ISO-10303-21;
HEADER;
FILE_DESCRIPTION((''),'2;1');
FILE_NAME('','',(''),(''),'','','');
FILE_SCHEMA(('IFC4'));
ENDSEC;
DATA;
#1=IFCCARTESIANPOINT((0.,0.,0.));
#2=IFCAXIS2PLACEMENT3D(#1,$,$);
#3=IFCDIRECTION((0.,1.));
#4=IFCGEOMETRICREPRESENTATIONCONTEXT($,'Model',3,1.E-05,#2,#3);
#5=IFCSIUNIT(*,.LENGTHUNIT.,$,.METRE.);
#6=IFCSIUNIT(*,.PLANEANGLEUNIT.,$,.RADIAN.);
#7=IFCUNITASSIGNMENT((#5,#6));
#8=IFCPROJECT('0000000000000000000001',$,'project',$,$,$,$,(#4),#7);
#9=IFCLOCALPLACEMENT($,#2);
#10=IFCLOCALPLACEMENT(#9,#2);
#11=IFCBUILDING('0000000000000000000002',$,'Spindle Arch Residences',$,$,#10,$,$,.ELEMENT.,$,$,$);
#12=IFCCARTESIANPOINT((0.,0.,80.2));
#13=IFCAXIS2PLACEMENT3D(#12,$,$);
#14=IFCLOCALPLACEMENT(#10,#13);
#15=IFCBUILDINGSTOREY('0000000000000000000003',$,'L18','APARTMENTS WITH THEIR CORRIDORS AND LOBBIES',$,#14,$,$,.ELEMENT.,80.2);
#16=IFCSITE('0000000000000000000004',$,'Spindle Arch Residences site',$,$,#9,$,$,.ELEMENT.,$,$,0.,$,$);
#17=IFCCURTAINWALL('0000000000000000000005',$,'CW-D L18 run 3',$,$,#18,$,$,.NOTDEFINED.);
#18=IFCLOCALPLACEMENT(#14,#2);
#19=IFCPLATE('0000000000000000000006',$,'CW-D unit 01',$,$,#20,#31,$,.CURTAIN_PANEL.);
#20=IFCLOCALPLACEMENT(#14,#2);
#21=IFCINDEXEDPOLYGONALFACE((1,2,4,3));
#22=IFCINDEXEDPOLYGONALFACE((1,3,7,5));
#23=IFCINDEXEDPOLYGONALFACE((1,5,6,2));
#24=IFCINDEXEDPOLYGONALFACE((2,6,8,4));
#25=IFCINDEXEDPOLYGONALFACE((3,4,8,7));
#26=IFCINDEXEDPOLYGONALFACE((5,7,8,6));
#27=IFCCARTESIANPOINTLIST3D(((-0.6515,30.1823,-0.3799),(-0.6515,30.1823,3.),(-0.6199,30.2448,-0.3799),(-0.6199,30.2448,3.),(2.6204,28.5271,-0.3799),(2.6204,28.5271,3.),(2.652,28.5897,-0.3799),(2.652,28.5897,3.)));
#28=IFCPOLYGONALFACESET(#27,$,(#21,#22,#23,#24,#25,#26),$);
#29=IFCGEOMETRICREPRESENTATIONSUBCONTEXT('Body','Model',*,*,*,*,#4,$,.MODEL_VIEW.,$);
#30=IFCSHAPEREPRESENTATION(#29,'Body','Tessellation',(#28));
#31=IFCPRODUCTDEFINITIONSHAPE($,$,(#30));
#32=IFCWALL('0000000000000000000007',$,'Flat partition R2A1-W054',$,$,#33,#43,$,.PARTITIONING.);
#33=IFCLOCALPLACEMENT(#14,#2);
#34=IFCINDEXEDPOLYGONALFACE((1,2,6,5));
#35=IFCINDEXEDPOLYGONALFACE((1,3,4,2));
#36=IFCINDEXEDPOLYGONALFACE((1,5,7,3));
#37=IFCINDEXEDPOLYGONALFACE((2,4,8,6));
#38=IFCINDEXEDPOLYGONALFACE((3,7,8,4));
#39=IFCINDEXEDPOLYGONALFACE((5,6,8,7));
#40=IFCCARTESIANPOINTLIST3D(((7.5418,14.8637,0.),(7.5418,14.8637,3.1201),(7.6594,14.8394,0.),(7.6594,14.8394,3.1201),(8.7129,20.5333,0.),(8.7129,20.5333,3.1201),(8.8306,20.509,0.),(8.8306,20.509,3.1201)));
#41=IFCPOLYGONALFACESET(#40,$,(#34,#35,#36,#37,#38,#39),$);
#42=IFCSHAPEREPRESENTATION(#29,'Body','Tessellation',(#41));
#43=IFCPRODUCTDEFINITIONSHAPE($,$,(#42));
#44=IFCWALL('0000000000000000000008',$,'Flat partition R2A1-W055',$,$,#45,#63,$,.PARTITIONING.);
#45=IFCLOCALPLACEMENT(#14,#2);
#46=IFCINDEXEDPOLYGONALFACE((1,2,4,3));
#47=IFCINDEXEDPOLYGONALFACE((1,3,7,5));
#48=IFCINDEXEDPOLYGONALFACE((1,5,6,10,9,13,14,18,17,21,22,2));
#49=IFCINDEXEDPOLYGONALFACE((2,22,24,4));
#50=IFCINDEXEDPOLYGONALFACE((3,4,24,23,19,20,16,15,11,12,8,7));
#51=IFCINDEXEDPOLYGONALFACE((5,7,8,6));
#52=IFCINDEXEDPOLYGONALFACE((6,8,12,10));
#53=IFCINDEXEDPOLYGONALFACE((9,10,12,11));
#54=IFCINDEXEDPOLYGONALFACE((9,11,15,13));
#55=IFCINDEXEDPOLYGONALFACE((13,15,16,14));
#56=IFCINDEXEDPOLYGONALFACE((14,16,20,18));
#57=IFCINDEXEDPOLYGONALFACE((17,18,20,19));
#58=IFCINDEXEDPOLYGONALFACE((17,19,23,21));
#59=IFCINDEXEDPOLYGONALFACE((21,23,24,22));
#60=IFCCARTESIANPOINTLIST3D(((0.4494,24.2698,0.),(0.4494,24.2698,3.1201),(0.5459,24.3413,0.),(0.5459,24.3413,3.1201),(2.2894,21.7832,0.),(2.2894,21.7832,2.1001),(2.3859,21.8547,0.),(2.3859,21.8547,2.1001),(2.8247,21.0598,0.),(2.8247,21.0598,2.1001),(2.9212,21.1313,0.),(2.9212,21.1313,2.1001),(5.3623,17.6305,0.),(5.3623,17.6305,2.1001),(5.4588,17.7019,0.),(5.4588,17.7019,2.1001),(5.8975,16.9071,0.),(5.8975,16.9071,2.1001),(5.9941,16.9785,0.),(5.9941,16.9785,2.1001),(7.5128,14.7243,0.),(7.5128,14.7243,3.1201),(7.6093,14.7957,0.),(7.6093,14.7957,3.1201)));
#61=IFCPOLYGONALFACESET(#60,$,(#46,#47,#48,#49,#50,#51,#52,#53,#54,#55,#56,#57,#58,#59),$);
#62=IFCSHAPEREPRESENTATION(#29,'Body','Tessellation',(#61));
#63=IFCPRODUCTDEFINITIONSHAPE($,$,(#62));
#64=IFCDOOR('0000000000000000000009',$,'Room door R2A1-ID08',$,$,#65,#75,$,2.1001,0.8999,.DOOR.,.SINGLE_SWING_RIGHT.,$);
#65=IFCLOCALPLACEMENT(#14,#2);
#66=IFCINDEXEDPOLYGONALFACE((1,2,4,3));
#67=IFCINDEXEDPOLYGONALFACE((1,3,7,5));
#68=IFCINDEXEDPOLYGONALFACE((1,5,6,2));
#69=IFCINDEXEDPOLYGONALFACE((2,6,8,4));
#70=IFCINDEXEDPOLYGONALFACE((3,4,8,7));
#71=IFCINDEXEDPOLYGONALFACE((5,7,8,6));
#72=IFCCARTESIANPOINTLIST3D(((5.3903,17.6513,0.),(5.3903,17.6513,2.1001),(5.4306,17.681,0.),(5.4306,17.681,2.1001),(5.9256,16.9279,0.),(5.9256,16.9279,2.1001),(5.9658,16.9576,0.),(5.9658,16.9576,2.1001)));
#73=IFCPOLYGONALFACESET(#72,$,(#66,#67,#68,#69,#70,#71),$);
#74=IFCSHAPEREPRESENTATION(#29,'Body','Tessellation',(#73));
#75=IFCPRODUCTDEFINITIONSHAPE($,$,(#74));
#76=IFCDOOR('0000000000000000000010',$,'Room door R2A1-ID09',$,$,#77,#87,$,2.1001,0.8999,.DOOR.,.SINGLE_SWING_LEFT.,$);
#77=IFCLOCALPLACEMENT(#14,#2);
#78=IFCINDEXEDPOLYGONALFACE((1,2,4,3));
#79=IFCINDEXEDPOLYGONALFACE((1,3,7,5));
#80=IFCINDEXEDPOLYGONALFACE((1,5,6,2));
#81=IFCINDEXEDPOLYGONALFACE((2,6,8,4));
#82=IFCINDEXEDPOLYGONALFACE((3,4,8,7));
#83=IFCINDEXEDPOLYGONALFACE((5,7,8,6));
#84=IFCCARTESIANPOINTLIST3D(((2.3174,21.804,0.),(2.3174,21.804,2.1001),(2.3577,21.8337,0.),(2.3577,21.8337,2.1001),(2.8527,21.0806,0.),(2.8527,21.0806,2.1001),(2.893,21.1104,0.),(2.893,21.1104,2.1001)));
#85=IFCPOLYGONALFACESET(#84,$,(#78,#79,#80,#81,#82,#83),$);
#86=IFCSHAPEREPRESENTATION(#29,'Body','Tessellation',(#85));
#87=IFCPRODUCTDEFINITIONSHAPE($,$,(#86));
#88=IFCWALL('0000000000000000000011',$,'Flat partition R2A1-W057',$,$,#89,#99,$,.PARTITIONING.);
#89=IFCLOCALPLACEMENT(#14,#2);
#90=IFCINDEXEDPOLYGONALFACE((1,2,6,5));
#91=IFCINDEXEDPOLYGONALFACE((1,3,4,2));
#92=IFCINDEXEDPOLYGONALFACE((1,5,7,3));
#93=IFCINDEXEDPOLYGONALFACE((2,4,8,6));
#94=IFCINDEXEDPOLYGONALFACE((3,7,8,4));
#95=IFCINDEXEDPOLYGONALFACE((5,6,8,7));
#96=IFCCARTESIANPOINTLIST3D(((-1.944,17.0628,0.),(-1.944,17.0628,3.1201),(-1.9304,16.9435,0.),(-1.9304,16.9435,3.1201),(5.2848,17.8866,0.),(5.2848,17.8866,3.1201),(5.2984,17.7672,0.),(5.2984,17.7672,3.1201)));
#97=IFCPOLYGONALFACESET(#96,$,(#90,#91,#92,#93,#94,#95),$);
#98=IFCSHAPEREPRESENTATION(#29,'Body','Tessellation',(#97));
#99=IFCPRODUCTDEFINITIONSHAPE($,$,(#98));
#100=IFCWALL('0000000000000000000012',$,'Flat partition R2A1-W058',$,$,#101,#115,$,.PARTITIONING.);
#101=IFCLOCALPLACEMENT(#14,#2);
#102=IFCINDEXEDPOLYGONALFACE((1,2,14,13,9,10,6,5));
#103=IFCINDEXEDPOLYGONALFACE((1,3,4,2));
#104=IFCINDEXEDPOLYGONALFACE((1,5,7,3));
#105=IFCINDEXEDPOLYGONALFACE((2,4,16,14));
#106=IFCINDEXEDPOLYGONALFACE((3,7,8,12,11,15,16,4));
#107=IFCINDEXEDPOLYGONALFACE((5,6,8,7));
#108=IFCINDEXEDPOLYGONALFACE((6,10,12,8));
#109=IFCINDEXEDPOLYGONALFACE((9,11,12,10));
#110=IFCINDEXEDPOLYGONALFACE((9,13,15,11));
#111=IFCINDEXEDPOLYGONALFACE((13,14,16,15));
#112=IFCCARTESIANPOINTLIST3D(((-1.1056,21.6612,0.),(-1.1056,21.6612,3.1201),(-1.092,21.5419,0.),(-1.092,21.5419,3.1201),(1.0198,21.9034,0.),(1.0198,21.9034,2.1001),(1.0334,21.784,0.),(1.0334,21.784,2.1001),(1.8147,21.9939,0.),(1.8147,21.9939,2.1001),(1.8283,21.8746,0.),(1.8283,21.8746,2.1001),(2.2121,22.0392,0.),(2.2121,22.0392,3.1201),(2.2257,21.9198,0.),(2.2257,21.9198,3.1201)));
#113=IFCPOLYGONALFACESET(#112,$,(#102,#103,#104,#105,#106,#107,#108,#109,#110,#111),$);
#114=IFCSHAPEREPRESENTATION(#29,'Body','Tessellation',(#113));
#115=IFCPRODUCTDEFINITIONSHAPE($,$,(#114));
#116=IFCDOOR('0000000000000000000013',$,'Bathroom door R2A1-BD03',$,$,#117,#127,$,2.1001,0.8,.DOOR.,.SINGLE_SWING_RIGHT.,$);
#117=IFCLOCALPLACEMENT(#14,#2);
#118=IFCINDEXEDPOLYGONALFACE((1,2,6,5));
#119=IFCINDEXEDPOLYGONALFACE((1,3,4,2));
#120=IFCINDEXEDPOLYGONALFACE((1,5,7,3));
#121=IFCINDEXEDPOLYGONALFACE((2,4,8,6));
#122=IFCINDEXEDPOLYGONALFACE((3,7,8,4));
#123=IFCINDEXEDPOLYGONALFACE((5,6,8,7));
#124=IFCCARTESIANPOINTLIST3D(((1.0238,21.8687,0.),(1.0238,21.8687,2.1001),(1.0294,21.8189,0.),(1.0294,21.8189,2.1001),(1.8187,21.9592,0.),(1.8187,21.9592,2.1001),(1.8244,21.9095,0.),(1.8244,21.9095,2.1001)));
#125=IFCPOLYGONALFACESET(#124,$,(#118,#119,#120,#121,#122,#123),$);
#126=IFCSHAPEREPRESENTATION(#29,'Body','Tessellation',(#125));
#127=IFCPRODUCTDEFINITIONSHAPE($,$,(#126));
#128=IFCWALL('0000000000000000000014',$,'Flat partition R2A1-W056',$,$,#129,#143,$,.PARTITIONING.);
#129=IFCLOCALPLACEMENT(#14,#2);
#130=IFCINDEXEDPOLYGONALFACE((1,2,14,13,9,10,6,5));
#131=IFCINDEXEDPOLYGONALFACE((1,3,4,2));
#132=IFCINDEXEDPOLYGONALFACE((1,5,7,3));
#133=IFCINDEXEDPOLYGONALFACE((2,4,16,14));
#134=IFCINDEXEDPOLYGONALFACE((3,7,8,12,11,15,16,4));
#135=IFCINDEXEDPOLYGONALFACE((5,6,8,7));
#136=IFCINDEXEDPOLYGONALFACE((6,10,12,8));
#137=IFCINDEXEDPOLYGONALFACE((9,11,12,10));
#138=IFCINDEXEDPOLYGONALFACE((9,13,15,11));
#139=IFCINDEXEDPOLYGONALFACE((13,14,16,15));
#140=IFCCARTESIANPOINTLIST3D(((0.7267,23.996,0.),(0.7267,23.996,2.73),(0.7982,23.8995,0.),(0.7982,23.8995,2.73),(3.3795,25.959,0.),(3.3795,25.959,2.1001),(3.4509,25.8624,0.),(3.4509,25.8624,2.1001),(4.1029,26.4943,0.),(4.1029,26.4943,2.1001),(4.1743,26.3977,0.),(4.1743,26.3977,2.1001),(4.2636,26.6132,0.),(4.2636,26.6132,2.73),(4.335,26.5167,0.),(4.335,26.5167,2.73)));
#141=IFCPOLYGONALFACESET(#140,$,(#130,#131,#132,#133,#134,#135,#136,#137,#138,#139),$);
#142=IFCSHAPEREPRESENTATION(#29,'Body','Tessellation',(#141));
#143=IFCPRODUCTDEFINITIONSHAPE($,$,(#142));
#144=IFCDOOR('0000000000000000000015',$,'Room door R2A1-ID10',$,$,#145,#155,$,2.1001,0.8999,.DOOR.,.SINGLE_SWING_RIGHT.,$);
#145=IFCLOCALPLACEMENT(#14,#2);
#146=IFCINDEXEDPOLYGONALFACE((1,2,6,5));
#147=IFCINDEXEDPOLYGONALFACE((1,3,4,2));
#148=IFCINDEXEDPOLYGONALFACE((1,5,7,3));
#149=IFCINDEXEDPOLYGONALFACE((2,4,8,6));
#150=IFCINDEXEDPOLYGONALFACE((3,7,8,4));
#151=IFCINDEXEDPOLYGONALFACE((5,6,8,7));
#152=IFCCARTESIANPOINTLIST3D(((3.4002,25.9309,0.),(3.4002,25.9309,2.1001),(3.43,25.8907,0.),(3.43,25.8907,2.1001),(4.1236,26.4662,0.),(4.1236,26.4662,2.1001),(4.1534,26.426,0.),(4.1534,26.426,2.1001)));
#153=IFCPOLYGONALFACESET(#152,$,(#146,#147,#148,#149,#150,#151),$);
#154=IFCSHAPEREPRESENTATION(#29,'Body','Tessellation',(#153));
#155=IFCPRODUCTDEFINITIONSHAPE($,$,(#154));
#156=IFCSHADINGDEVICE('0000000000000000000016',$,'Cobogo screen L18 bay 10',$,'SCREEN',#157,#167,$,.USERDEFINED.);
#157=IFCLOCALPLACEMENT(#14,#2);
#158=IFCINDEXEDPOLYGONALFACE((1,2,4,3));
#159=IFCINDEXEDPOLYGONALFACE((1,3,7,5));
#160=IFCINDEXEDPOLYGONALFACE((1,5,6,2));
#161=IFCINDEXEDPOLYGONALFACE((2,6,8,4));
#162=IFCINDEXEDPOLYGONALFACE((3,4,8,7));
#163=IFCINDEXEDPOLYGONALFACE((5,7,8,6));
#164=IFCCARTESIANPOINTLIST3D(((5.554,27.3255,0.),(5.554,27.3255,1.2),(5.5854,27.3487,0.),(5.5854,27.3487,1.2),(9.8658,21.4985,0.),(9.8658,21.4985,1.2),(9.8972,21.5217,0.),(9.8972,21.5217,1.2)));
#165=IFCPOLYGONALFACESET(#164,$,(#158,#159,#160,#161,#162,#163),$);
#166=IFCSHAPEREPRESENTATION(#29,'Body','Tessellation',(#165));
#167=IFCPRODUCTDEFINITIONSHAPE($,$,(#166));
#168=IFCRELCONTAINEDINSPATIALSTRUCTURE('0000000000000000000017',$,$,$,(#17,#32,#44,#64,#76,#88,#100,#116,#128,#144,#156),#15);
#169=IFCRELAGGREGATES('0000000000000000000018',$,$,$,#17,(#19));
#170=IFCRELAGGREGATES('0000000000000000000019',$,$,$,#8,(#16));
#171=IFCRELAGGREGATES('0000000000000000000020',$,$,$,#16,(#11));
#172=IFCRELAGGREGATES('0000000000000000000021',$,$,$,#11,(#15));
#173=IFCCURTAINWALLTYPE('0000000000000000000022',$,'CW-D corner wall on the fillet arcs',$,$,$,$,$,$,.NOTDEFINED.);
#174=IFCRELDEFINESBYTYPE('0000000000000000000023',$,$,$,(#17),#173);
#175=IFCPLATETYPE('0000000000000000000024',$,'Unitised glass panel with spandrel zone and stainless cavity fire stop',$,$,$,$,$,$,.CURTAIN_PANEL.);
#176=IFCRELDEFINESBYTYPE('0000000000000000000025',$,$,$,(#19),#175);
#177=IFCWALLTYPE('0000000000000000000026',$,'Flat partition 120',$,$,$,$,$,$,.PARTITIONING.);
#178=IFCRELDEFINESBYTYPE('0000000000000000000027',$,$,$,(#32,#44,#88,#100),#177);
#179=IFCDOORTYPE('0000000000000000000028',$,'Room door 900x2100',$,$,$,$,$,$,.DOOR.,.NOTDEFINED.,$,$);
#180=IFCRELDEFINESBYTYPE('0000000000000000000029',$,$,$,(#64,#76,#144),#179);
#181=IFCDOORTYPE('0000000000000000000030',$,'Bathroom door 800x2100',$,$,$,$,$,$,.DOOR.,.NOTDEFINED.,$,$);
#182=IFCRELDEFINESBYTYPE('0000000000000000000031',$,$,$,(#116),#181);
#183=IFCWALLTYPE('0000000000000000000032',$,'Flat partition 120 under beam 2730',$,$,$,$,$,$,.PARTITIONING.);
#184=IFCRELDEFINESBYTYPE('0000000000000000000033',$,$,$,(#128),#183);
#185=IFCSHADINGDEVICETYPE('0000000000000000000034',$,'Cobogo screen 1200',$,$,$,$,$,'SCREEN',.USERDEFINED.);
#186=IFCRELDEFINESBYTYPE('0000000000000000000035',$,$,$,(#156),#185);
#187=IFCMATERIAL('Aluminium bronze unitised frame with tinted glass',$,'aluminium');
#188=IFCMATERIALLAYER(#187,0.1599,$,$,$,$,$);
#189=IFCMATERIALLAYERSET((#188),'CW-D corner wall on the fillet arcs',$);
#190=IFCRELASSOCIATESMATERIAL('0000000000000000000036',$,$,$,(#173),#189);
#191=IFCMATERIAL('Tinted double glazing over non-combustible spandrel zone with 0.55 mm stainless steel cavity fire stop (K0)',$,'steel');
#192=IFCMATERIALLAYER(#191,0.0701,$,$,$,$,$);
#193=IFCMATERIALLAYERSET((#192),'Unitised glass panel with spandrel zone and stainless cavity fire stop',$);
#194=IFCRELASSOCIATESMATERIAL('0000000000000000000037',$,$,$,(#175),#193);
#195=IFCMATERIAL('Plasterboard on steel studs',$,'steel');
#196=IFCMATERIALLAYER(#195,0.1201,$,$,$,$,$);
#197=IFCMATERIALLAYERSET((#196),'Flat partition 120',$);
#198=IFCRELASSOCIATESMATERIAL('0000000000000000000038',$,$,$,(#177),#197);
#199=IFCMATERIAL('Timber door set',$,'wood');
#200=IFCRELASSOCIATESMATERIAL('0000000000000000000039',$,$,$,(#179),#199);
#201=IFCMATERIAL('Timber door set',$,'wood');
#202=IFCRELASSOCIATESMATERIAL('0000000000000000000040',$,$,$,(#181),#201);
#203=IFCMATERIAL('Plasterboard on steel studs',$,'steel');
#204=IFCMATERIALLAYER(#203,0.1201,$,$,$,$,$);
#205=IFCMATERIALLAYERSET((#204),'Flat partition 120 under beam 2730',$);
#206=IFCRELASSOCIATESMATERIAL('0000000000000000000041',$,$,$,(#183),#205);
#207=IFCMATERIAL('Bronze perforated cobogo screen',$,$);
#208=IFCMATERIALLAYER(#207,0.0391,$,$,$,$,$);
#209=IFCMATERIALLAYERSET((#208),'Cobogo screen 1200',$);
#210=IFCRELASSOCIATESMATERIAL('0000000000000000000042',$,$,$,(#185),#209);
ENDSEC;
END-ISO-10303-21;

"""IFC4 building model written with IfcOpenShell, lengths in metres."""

from ifc_helpers import new_model, si_unit, direction, frame, frame_2d, origin, origin_2d, place, context, subcontext, project, spatial, rectangle, extrude, material, layer, layer_set, type_object, element, fill, aggregate, save


model = new_model("IFC4")

# Units and contexts
model_context = context("Model", 3, precision=1e-05, world=origin(), true_north=direction((0.0, 1.0)))
body_context = subcontext(model_context, "Body", "Model", "MODEL_VIEW")
ifc_project = project(units=[si_unit("LENGTHUNIT", "METRE"), si_unit("PLANEANGLEUNIT", "RADIAN")], contexts=[model_context])

# Site, building, storey
site_placement = place(None, origin())
site = spatial("IfcSite", under=ifc_project, at=site_placement, Name="Spindle Arch Residences site", CompositionType="ELEMENT", RefElevation=0.0)
building_placement = place(site_placement, origin())
building = spatial("IfcBuilding", under=site, at=building_placement, Name="Spindle Arch Residences", CompositionType="ELEMENT")
storey_placement = place(building_placement, frame((0.0, 0.0, 80.2)))
storey = spatial("IfcBuildingStorey", under=building, at=storey_placement, Name="L18", Description="APARTMENTS WITH THEIR CORRIDORS AND LOBBIES", CompositionType="ELEMENT", Elevation=80.2)

# Curtain wall
ifc_material_1 = material(Name="Aluminium bronze unitised frame with tinted glass", Category="aluminium")
ifc_layer_1 = layer(ifc_material_1, 0.1599)
ifc_layer_set_1 = layer_set([ifc_layer_1], Name="CW-D corner wall on the fillet arcs")
curtain_wall_type_1 = type_object("IfcCurtainWallType", Name="CW-D corner wall on the fillet arcs", PredefinedType="NOTDEFINED", material=ifc_layer_set_1)
curtain_wall_1_placement = place(storey_placement, origin())
curtain_wall_1 = element("IfcCurtainWall", 1, at=curtain_wall_1_placement, inside=storey, type_object=curtain_wall_type_1, Name="CW-D L18 run 3", PredefinedType="NOTDEFINED")

# Plate
ifc_material_2 = material(Name="Tinted double glazing over non-combustible spandrel zone with 0.55 mm stainless steel cavity fire stop (K0)", Category="steel")
ifc_layer_2 = layer(ifc_material_2, 0.0701)
ifc_layer_set_2 = layer_set([ifc_layer_2], Name="Unitised glass panel with spandrel zone and stainless cavity fire stop")
plate_type = type_object("IfcPlateType", Name="Unitised glass panel with spandrel zone and stainless cavity fire stop", PredefinedType="CURTAIN_PANEL", material=ifc_layer_set_2)
plate_1_placement = place(storey_placement, frame((1.0002, 29.386, -0.3799), z_axis=(0.0, 0.0, 1.0), x_axis=(-0.892323, 0.451397, 0.0)))
plate_1 = element("IfcPlate", 2, at=plate_1_placement, type_object=plate_type, Name="CW-D unit 01", PredefinedType="CURTAIN_PANEL", context=body_context, shape_type="SweptSolid", body=[
    extrude(rectangle(XDim=3.6667, YDim=0.0701, at=origin_2d()), origin(), (0.0, 0.0, 1.0), 3.3799),
])
aggregate(curtain_wall_1, [plate_1])

# Wall
ifc_material_3 = material(Name="Plasterboard on steel studs", Category="steel")
ifc_layer_3 = layer(ifc_material_3, 0.1201)
ifc_layer_set_3 = layer_set([ifc_layer_3], Name="Flat partition 120")
wall_type_1 = type_object("IfcWallType", Name="Flat partition 120", PredefinedType="PARTITIONING", material=ifc_layer_set_3)
wall_1_placement = place(storey_placement, frame((8.7717, 20.521, 0.0), z_axis=(0.0, 0.0, 1.0), x_axis=(-0.202292, -0.979325, 0.0)))
element("IfcWall", 3, at=wall_1_placement, inside=storey, type_object=wall_type_1, Name="Flat partition R2A1-W054", PredefinedType="PARTITIONING", context=body_context, shape_type="SweptSolid", body=[
    extrude(rectangle(XDim=5.7893, YDim=0.1201, at=frame_2d((2.8945, 0.0))), origin(), (0.0, 0.0, 1.0), 3.1201),
])

# Wall, openings, doors
wall_2_placement = place(storey_placement, frame((0.4976, 24.3057, 0.0), z_axis=(0.0, 0.0, 1.0), x_axis=(0.594826, -0.803854, 0.0)))
wall_2 = element("IfcWall", 4, at=wall_2_placement, inside=storey, type_object=wall_type_1, Name="Flat partition R2A1-W055", PredefinedType="PARTITIONING", context=body_context, shape_type="SweptSolid", body=[
    extrude(rectangle(XDim=11.8748, YDim=0.1201, at=frame_2d((5.9375, 0.0))), origin(), (0.0, 0.0, 1.0), 3.1201),
])
opening_1_placement = place(wall_2_placement, frame((8.2595, 0.0, 0.0)))
opening_1 = element("IfcOpeningElement", 5, at=opening_1_placement, cuts=wall_2, PredefinedType="OPENING", context=body_context, shape_type="SweptSolid", body=[
    extrude(rectangle(XDim=0.8999, YDim=2.1001, at=frame_2d((0.45, 1.05))), frame((0.0, 0.0701, 0.0), z_axis=(0.0, -1.0, 0.0), x_axis=(1.0, 0.0, 0.0)), (0.0, 0.0, 1.0), 0.1401),
])
opening_2_placement = place(wall_2_placement, frame((3.0935, 0.0, 0.0)))
opening_2 = element("IfcOpeningElement", 6, at=opening_2_placement, cuts=wall_2, PredefinedType="OPENING", context=body_context, shape_type="SweptSolid", body=[
    extrude(rectangle(XDim=0.8999, YDim=2.1001, at=frame_2d((0.45, 1.05))), frame((0.0, 0.0701, 0.0), z_axis=(0.0, -1.0, 0.0), x_axis=(1.0, 0.0, 0.0)), (0.0, 0.0, 1.0), 0.1401),
])
ifc_material_4 = material(Name="Timber door set", Category="wood")
door_type_1 = type_object("IfcDoorType", Name="Room door 900x2100", OperationType="NOTDEFINED", PredefinedType="DOOR", material=ifc_material_4)
door_1_placement = place(opening_1_placement, origin())
door_1 = element("IfcDoor", 7, at=door_1_placement, inside=storey, type_object=door_type_1, Name="Room door R2A1-ID08", OperationType="SINGLE_SWING_RIGHT", OverallHeight=2.1001, OverallWidth=0.8999, PredefinedType="DOOR", context=body_context, shape_type="SweptSolid", body=[
    extrude(rectangle(XDim=0.8999, YDim=2.1001, at=frame_2d((0.45, 1.05))), frame((0.0, 0.0249, 0.0), z_axis=(0.0, -1.0, 0.0), x_axis=(1.0, 0.0, 0.0)), (0.0, 0.0, 1.0), 0.05),
])
fill(opening_1, door_1)
door_2_placement = place(opening_2_placement, origin())
door_2 = element("IfcDoor", 8, at=door_2_placement, inside=storey, type_object=door_type_1, Name="Room door R2A1-ID09", OperationType="SINGLE_SWING_LEFT", OverallHeight=2.1001, OverallWidth=0.8999, PredefinedType="DOOR", context=body_context, shape_type="SweptSolid", body=[
    extrude(rectangle(XDim=0.8999, YDim=2.1001, at=frame_2d((0.45, 1.05))), frame((0.0, 0.0249, 0.0), z_axis=(0.0, -1.0, 0.0), x_axis=(1.0, 0.0, 0.0)), (0.0, 0.0, 1.0), 0.05),
])
fill(opening_2, door_2)

# Wall
wall_3_placement = place(storey_placement, frame((5.2915, 17.8269, 0.0), z_axis=(0.0, 0.0, 1.0), x_axis=(-0.99357, -0.113219, 0.0)))
element("IfcWall", 9, at=wall_3_placement, inside=storey, type_object=wall_type_1, Name="Flat partition R2A1-W057", PredefinedType="PARTITIONING", context=body_context, shape_type="SweptSolid", body=[
    extrude(rectangle(XDim=7.2756, YDim=0.1201, at=frame_2d((3.6377, 0.0))), origin(), (0.0, 0.0, 1.0), 3.1201),
])

# Walls, openings, doors
wall_4_placement = place(storey_placement, frame((2.2188, 21.9795, 0.0), z_axis=(0.0, 0.0, 1.0), x_axis=(-0.993574, -0.113184, 0.0)))
wall_4 = element("IfcWall", 10, at=wall_4_placement, inside=storey, type_object=wall_type_1, Name="Flat partition R2A1-W058", PredefinedType="PARTITIONING", context=body_context, shape_type="SweptSolid", body=[
    extrude(rectangle(XDim=3.3391, YDim=0.1201, at=frame_2d((1.6694, 0.0))), origin(), (0.0, 0.0, 1.0), 3.1201),
])
opening_3_placement = place(wall_4_placement, frame((0.3999, 0.0, 0.0)))
opening_3 = element("IfcOpeningElement", 11, at=opening_3_placement, cuts=wall_4, PredefinedType="OPENING", context=body_context, shape_type="SweptSolid", body=[
    extrude(rectangle(XDim=0.8, YDim=2.1001, at=frame_2d((0.3999, 1.05))), frame((0.0, 0.0701, 0.0), z_axis=(0.0, -1.0, 0.0), x_axis=(1.0, 0.0, 0.0)), (0.0, 0.0, 1.0), 0.1401),
])
ifc_material_5 = material(Name="Timber door set", Category="wood")
door_type_2 = type_object("IfcDoorType", Name="Bathroom door 800x2100", OperationType="NOTDEFINED", PredefinedType="DOOR", material=ifc_material_5)
door_3_placement = place(opening_3_placement, origin())
door_3 = element("IfcDoor", 12, at=door_3_placement, inside=storey, type_object=door_type_2, Name="Bathroom door R2A1-BD03", OperationType="SINGLE_SWING_RIGHT", OverallHeight=2.1001, OverallWidth=0.8, PredefinedType="DOOR", context=body_context, shape_type="SweptSolid", body=[
    extrude(rectangle(XDim=0.8, YDim=2.1001, at=frame_2d((0.3999, 1.05))), frame((0.0, 0.0249, 0.0), z_axis=(0.0, -1.0, 0.0), x_axis=(1.0, 0.0, 0.0)), (0.0, 0.0, 1.0), 0.05),
])
fill(opening_3, door_3)
ifc_material_6 = material(Name="Plasterboard on steel studs", Category="steel")
ifc_layer_4 = layer(ifc_material_6, 0.1201)
ifc_layer_set_4 = layer_set([ifc_layer_4], Name="Flat partition 120 under beam 2730")
wall_type_2 = type_object("IfcWallType", Name="Flat partition 120 under beam 2730", PredefinedType="PARTITIONING", material=ifc_layer_set_4)
wall_5_placement = place(storey_placement, frame((4.2993, 26.5649, 0.0), z_axis=(0.0, 0.0, 1.0), x_axis=(-0.803852, -0.594829, 0.0)))
wall_5 = element("IfcWall", 13, at=wall_5_placement, inside=storey, type_object=wall_type_2, Name="Flat partition R2A1-W056", PredefinedType="PARTITIONING", context=body_context, shape_type="SweptSolid", body=[
    extrude(rectangle(XDim=4.3999, YDim=0.1201, at=frame_2d((2.2, 0.0))), origin(), (0.0, 0.0, 1.0), 2.73),
])
opening_4_placement = place(wall_5_placement, frame((0.2, 0.0, 0.0)))
opening_4 = element("IfcOpeningElement", 14, at=opening_4_placement, cuts=wall_5, PredefinedType="OPENING", context=body_context, shape_type="SweptSolid", body=[
    extrude(rectangle(XDim=0.8999, YDim=2.1001, at=frame_2d((0.45, 1.05))), frame((0.0, 0.0701, 0.0), z_axis=(0.0, -1.0, 0.0), x_axis=(1.0, 0.0, 0.0)), (0.0, 0.0, 1.0), 0.1401),
])
door_4_placement = place(opening_4_placement, origin())
door_4 = element("IfcDoor", 15, at=door_4_placement, inside=storey, type_object=door_type_1, Name="Room door R2A1-ID10", OperationType="SINGLE_SWING_RIGHT", OverallHeight=2.1001, OverallWidth=0.8999, PredefinedType="DOOR", context=body_context, shape_type="SweptSolid", body=[
    extrude(rectangle(XDim=0.8999, YDim=2.1001, at=frame_2d((0.45, 1.05))), frame((0.0, 0.0249, 0.0), z_axis=(0.0, -1.0, 0.0), x_axis=(1.0, 0.0, 0.0)), (0.0, 0.0, 1.0), 0.05),
])
fill(opening_4, door_4)

# Shading device
ifc_material_7 = material(Name="Bronze perforated cobogo screen")
ifc_layer_5 = layer(ifc_material_7, 0.0391)
ifc_layer_set_5 = layer_set([ifc_layer_5], Name="Cobogo screen 1200")
shading_device_type = type_object("IfcShadingDeviceType", Name="Cobogo screen 1200", ElementType="SCREEN", PredefinedType="USERDEFINED", material=ifc_layer_set_5)
shading_device_placement = place(storey_placement, frame((7.7256, 24.4236, 0.0), z_axis=(0.0, 0.0, 1.0), x_axis=(-0.594823, 0.803857, 0.0)))
element("IfcShadingDevice", 16, at=shading_device_placement, inside=storey, type_object=shading_device_type, Name="Cobogo screen L18 bay 10", ObjectType="SCREEN", PredefinedType="USERDEFINED", context=body_context, shape_type="SweptSolid", body=[
    extrude(rectangle(XDim=7.2488, YDim=0.0391, at=origin_2d()), origin(), (0.0, 0.0, 1.0), 1.2),
])

save(model, "model.ifc")
